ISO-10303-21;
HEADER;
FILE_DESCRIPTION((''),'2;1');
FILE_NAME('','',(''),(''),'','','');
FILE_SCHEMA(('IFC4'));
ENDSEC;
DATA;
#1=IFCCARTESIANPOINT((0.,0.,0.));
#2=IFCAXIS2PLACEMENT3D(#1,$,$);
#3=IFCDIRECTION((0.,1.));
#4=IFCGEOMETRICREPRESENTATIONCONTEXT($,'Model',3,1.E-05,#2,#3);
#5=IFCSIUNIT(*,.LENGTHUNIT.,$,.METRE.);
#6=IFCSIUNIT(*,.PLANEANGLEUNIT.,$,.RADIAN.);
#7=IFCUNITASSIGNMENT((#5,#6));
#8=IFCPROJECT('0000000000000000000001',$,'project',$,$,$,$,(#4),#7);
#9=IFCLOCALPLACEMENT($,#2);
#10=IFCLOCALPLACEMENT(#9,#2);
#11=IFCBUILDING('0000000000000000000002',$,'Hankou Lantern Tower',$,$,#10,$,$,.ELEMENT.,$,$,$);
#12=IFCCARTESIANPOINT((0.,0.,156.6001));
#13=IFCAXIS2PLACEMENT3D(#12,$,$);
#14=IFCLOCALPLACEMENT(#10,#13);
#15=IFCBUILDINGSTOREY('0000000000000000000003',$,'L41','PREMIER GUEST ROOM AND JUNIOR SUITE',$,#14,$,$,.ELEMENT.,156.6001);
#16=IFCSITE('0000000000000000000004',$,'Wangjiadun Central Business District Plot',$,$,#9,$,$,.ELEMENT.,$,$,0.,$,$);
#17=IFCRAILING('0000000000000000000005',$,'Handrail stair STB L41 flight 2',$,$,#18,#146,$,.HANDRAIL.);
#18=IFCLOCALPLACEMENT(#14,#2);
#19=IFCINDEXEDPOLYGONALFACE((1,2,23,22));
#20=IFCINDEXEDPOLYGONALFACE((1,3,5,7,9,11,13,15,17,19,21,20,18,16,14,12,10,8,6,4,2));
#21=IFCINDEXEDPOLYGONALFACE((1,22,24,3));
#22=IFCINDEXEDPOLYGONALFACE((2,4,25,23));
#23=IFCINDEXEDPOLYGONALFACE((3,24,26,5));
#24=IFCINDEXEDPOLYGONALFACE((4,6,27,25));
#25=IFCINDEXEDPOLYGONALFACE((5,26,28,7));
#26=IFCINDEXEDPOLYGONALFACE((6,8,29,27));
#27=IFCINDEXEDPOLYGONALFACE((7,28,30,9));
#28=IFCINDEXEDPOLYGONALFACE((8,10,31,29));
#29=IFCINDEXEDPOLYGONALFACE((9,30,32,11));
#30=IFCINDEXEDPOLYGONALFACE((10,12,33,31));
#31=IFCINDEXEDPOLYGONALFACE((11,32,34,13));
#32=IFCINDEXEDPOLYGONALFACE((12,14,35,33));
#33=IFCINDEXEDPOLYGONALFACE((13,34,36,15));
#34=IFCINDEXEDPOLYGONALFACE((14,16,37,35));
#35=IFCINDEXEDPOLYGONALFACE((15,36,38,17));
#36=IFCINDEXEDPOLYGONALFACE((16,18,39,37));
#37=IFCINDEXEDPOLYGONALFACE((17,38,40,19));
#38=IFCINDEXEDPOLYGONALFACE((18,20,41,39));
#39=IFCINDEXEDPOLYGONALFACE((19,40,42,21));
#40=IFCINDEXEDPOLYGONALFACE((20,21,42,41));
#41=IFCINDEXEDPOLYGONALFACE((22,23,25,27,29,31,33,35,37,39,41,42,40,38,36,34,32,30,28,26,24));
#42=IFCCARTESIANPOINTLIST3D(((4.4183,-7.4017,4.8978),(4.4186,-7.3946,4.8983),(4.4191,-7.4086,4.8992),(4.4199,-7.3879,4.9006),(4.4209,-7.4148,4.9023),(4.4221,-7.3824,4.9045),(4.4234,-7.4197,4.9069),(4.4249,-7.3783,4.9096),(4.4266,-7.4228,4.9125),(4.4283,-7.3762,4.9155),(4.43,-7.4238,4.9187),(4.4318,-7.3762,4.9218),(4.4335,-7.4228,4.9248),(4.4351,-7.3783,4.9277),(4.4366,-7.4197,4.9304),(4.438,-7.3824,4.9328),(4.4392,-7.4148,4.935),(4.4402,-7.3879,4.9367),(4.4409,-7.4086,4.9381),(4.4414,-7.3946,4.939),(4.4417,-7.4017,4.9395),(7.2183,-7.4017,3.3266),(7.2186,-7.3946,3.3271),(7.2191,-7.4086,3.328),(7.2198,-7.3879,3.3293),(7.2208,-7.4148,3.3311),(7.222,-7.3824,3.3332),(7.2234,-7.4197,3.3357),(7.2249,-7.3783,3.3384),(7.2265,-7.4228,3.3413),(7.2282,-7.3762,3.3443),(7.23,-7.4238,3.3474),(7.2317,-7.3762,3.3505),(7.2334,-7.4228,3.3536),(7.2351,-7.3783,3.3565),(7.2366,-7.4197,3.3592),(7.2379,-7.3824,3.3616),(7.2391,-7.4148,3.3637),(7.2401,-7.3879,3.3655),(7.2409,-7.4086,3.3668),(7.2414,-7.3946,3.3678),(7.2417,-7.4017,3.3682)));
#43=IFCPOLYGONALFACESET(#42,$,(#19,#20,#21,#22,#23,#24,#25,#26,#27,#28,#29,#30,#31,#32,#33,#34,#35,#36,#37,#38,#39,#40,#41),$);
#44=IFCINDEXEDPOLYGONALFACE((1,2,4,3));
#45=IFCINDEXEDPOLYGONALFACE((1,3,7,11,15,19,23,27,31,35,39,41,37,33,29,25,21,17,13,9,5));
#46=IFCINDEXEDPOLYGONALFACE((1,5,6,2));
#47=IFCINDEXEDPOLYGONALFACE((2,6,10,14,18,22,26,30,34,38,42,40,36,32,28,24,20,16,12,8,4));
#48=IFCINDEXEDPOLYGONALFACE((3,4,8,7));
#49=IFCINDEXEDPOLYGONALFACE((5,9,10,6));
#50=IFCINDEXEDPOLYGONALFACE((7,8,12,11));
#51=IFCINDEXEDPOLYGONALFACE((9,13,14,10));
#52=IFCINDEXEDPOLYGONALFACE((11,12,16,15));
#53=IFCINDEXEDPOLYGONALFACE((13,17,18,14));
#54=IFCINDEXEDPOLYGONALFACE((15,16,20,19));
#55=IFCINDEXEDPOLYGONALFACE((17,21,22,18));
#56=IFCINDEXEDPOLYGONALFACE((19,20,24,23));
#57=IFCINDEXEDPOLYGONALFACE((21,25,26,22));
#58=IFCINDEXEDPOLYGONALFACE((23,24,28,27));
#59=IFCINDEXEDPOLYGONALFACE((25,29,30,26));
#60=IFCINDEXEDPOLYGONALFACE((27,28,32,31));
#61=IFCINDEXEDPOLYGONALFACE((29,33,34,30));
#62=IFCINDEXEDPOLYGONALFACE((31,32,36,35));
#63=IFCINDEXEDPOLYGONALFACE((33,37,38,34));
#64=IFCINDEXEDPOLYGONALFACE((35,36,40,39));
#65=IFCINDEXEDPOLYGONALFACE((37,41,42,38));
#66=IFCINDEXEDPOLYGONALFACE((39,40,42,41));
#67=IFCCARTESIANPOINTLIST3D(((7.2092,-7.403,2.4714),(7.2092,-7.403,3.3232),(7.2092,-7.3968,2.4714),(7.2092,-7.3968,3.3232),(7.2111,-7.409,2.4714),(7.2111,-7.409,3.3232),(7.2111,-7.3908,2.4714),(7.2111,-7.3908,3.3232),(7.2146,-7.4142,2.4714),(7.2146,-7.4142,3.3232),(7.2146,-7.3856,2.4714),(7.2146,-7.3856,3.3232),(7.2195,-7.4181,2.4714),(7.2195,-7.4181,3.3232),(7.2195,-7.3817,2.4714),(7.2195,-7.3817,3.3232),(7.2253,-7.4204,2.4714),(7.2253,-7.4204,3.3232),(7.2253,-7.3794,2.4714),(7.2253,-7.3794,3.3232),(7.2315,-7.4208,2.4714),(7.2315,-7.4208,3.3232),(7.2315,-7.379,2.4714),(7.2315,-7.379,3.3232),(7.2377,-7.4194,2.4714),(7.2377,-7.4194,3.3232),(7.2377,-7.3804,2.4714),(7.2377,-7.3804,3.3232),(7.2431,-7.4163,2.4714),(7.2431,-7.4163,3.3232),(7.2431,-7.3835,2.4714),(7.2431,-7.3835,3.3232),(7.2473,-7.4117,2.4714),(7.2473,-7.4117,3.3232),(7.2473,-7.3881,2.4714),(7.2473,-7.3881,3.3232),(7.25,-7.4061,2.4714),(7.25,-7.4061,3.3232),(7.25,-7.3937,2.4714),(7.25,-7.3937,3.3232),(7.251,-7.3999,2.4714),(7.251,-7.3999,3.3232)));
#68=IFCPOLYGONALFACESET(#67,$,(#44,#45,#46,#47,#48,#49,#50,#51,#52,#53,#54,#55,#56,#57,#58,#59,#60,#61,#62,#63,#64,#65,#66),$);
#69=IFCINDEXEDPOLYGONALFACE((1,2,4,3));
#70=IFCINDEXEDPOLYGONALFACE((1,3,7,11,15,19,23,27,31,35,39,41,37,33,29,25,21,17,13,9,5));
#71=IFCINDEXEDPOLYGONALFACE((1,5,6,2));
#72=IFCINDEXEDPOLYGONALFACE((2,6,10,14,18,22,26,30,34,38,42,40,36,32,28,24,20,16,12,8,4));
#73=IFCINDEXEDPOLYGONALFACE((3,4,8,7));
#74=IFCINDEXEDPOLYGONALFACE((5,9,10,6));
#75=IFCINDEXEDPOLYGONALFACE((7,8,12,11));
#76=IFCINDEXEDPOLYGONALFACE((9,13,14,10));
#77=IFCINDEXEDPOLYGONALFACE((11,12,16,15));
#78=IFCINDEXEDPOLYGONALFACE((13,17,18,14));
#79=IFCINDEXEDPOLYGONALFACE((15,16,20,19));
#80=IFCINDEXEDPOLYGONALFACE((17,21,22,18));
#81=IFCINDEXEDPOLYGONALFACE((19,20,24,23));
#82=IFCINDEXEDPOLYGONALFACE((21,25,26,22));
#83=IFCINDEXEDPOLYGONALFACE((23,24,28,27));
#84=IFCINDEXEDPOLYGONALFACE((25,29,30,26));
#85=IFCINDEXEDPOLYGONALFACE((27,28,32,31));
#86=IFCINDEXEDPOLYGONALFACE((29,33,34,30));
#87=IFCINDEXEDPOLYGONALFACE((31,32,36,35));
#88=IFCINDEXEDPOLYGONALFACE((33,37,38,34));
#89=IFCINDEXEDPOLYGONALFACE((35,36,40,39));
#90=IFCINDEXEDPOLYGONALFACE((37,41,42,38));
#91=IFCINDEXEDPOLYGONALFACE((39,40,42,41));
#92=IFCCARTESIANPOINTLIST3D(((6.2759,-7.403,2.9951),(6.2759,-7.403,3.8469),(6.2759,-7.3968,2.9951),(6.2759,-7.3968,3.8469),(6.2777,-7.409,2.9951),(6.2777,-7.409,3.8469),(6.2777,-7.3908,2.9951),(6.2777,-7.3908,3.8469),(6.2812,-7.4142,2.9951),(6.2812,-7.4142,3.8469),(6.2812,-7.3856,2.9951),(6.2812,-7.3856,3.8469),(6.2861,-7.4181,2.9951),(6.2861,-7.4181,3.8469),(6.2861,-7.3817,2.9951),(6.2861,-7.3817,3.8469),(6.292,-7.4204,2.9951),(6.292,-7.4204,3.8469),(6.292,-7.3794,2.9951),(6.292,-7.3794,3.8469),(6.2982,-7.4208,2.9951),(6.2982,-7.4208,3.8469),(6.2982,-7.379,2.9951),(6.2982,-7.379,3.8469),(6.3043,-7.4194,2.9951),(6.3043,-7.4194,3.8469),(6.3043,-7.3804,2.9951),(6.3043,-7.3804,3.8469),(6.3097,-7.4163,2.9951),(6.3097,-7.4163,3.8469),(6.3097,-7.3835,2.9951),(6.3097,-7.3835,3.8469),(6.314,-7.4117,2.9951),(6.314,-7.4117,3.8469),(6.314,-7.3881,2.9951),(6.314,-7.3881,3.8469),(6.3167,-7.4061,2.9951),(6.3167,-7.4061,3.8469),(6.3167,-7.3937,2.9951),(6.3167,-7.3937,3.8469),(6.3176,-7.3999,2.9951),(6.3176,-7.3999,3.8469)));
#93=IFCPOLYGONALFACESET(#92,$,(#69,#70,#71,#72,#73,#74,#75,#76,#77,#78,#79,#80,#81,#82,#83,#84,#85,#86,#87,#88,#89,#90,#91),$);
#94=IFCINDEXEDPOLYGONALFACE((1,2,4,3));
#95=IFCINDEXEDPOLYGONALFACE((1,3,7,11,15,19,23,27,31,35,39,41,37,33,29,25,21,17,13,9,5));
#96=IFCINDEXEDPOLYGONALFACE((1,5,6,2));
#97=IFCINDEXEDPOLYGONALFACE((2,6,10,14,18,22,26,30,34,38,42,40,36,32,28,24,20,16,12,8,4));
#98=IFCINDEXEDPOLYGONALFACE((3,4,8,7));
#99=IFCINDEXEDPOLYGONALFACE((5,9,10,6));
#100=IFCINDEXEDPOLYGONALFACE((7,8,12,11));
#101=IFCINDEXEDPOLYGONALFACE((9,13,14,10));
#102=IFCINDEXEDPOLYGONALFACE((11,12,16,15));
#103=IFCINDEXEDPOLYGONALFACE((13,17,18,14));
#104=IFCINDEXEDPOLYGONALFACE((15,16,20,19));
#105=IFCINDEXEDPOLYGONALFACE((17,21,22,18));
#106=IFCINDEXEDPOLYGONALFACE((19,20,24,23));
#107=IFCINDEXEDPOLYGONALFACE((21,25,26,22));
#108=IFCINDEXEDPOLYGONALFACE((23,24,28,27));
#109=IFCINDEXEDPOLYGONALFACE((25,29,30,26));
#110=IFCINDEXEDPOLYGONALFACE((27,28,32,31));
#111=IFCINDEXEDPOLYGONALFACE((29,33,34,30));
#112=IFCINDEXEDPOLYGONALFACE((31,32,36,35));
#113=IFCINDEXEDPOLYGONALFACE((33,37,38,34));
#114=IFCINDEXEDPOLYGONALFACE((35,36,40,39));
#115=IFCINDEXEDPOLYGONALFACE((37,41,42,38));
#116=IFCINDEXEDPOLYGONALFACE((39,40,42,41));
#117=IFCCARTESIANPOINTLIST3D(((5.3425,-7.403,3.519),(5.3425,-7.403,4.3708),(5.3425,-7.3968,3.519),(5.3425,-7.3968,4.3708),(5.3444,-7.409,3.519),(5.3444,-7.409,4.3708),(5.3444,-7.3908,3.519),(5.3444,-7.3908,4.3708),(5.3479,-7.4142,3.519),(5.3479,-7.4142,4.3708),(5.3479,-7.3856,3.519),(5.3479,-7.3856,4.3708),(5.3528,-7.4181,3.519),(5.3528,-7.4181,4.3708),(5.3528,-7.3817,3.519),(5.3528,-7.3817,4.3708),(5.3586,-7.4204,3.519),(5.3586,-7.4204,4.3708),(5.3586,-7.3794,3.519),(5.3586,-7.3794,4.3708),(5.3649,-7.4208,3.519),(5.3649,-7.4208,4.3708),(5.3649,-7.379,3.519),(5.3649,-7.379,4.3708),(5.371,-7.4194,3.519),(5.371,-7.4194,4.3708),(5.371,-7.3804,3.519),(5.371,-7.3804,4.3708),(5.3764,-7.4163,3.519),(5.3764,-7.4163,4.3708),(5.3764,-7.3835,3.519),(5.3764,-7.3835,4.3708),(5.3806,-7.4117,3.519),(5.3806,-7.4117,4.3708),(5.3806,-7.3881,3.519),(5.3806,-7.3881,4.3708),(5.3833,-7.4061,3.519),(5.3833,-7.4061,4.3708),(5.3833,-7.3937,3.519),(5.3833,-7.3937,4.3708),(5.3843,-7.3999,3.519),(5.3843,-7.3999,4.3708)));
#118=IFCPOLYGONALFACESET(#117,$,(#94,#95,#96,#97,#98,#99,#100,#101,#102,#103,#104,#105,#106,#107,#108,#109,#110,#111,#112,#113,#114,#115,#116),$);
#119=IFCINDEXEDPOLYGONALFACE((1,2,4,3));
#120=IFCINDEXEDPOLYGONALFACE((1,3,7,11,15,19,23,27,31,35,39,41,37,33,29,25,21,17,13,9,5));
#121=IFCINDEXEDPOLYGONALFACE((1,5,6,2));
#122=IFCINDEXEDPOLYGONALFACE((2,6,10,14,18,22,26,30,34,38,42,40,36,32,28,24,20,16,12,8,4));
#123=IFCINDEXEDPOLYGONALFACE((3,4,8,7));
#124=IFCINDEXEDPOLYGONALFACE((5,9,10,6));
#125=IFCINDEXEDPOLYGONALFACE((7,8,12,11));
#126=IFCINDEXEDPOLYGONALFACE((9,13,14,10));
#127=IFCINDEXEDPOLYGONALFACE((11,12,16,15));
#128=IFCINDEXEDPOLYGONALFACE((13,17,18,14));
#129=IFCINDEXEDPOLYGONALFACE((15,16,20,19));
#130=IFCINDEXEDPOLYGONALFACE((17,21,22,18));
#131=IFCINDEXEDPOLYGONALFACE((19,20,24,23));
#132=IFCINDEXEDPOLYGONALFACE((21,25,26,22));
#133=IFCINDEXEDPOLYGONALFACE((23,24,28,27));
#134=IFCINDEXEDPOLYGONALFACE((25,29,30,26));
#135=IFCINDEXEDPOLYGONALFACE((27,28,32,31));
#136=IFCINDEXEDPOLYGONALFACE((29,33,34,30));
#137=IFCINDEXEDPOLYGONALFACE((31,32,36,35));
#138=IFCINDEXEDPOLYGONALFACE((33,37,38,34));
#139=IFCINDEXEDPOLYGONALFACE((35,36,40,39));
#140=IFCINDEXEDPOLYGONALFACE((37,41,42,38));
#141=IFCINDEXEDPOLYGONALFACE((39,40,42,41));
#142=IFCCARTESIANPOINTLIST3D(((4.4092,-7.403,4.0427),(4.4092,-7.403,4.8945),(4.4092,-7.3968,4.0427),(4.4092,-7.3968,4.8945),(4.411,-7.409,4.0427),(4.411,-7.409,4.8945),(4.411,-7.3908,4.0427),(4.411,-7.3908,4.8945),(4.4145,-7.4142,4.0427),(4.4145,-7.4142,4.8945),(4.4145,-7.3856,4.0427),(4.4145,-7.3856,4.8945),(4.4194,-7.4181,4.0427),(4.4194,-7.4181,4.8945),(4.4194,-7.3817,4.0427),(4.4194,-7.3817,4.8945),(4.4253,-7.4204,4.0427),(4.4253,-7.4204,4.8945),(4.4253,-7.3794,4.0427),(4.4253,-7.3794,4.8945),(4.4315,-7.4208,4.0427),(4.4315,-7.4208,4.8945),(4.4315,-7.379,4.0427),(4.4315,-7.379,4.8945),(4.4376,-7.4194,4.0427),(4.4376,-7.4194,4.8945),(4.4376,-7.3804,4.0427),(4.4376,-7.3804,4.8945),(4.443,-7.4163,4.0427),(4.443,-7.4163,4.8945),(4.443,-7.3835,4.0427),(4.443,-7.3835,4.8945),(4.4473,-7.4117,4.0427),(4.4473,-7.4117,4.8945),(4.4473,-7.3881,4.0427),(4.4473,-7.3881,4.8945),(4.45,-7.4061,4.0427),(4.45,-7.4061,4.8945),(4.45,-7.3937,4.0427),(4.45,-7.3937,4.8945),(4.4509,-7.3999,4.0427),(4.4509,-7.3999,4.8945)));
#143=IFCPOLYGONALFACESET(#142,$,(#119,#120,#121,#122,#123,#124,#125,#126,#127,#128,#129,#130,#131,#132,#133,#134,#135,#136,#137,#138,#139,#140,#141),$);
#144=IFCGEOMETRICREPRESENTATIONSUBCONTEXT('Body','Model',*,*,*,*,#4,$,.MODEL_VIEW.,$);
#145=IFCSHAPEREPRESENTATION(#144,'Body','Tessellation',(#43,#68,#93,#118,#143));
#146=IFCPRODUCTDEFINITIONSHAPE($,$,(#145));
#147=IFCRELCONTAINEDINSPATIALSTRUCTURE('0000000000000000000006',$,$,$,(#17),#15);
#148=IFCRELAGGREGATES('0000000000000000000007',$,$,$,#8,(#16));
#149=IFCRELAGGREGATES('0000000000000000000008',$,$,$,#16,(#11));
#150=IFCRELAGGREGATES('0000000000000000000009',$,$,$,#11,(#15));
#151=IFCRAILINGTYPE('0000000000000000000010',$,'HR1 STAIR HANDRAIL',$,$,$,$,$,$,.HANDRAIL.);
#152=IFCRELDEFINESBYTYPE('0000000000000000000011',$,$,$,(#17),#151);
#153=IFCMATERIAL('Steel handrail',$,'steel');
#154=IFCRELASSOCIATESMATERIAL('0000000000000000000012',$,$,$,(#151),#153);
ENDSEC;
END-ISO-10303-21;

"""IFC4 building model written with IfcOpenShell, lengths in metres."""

from ifc_helpers import new_model, si_unit, direction, frame, origin, origin_2d, place, context, subcontext, project, spatial, circle, extrude, material, type_object, element, save


model = new_model("IFC4")

# Units and contexts
model_context = context("Model", 3, precision=1e-05, world=origin(), true_north=direction((0.0, 1.0)))
body_context = subcontext(model_context, "Body", "Model", "MODEL_VIEW")
ifc_project = project(units=[si_unit("LENGTHUNIT", "METRE"), si_unit("PLANEANGLEUNIT", "RADIAN")], contexts=[model_context])

# Site, building, storey
site_placement = place(None, origin())
site = spatial("IfcSite", under=ifc_project, at=site_placement, Name="Wangjiadun Central Business District Plot", CompositionType="ELEMENT", RefElevation=0.0)
building_placement = place(site_placement, origin())
building = spatial("IfcBuilding", under=site, at=building_placement, Name="Hankou Lantern Tower", CompositionType="ELEMENT")
storey_placement = place(building_placement, frame((0.0, 0.0, 156.6001)))
storey = spatial("IfcBuildingStorey", under=building, at=storey_placement, Name="L41", Description="PREMIER GUEST ROOM AND JUNIOR SUITE", CompositionType="ELEMENT", Elevation=156.6001)

# Railing
ifc_material_1 = material(Name="Steel handrail", Category="steel")
railing_type = type_object("IfcRailingType", Name="HR1 STAIR HANDRAIL", PredefinedType="HANDRAIL", material=ifc_material_1)
railing_1_placement = place(storey_placement, frame((7.23, -7.3999, 2.4714)))
element("IfcRailing", 1, at=railing_1_placement, inside=storey, type_object=railing_type, Name="Handrail stair STB L41 flight 2", PredefinedType="HANDRAIL", context=body_context, shape_type="SweptSolid", body=[
    extrude(circle(Radius=0.0239, at=origin_2d()), frame((0.0, 0.0, 0.876), z_axis=(-0.872073, 0.0, 0.489377), x_axis=(0.0, -1.0, 0.0)), (0.0, 0.0, 1.0), 3.2107),
    extrude(circle(Radius=0.021, at=origin_2d()), origin(), (0.0, 0.0, 1.0), 0.8518),
    extrude(circle(Radius=0.021, at=origin_2d()), frame((-0.9333, 0.0, 0.5237)), (0.0, 0.0, 1.0), 0.8518),
    extrude(circle(Radius=0.021, at=origin_2d()), frame((-1.8667, 0.0, 1.0476)), (0.0, 0.0, 1.0), 0.8518),
    extrude(circle(Radius=0.021, at=origin_2d()), frame((-2.8, 0.0, 1.5713)), (0.0, 0.0, 1.0), 0.8518),
])

save(model, "model.ifc")
